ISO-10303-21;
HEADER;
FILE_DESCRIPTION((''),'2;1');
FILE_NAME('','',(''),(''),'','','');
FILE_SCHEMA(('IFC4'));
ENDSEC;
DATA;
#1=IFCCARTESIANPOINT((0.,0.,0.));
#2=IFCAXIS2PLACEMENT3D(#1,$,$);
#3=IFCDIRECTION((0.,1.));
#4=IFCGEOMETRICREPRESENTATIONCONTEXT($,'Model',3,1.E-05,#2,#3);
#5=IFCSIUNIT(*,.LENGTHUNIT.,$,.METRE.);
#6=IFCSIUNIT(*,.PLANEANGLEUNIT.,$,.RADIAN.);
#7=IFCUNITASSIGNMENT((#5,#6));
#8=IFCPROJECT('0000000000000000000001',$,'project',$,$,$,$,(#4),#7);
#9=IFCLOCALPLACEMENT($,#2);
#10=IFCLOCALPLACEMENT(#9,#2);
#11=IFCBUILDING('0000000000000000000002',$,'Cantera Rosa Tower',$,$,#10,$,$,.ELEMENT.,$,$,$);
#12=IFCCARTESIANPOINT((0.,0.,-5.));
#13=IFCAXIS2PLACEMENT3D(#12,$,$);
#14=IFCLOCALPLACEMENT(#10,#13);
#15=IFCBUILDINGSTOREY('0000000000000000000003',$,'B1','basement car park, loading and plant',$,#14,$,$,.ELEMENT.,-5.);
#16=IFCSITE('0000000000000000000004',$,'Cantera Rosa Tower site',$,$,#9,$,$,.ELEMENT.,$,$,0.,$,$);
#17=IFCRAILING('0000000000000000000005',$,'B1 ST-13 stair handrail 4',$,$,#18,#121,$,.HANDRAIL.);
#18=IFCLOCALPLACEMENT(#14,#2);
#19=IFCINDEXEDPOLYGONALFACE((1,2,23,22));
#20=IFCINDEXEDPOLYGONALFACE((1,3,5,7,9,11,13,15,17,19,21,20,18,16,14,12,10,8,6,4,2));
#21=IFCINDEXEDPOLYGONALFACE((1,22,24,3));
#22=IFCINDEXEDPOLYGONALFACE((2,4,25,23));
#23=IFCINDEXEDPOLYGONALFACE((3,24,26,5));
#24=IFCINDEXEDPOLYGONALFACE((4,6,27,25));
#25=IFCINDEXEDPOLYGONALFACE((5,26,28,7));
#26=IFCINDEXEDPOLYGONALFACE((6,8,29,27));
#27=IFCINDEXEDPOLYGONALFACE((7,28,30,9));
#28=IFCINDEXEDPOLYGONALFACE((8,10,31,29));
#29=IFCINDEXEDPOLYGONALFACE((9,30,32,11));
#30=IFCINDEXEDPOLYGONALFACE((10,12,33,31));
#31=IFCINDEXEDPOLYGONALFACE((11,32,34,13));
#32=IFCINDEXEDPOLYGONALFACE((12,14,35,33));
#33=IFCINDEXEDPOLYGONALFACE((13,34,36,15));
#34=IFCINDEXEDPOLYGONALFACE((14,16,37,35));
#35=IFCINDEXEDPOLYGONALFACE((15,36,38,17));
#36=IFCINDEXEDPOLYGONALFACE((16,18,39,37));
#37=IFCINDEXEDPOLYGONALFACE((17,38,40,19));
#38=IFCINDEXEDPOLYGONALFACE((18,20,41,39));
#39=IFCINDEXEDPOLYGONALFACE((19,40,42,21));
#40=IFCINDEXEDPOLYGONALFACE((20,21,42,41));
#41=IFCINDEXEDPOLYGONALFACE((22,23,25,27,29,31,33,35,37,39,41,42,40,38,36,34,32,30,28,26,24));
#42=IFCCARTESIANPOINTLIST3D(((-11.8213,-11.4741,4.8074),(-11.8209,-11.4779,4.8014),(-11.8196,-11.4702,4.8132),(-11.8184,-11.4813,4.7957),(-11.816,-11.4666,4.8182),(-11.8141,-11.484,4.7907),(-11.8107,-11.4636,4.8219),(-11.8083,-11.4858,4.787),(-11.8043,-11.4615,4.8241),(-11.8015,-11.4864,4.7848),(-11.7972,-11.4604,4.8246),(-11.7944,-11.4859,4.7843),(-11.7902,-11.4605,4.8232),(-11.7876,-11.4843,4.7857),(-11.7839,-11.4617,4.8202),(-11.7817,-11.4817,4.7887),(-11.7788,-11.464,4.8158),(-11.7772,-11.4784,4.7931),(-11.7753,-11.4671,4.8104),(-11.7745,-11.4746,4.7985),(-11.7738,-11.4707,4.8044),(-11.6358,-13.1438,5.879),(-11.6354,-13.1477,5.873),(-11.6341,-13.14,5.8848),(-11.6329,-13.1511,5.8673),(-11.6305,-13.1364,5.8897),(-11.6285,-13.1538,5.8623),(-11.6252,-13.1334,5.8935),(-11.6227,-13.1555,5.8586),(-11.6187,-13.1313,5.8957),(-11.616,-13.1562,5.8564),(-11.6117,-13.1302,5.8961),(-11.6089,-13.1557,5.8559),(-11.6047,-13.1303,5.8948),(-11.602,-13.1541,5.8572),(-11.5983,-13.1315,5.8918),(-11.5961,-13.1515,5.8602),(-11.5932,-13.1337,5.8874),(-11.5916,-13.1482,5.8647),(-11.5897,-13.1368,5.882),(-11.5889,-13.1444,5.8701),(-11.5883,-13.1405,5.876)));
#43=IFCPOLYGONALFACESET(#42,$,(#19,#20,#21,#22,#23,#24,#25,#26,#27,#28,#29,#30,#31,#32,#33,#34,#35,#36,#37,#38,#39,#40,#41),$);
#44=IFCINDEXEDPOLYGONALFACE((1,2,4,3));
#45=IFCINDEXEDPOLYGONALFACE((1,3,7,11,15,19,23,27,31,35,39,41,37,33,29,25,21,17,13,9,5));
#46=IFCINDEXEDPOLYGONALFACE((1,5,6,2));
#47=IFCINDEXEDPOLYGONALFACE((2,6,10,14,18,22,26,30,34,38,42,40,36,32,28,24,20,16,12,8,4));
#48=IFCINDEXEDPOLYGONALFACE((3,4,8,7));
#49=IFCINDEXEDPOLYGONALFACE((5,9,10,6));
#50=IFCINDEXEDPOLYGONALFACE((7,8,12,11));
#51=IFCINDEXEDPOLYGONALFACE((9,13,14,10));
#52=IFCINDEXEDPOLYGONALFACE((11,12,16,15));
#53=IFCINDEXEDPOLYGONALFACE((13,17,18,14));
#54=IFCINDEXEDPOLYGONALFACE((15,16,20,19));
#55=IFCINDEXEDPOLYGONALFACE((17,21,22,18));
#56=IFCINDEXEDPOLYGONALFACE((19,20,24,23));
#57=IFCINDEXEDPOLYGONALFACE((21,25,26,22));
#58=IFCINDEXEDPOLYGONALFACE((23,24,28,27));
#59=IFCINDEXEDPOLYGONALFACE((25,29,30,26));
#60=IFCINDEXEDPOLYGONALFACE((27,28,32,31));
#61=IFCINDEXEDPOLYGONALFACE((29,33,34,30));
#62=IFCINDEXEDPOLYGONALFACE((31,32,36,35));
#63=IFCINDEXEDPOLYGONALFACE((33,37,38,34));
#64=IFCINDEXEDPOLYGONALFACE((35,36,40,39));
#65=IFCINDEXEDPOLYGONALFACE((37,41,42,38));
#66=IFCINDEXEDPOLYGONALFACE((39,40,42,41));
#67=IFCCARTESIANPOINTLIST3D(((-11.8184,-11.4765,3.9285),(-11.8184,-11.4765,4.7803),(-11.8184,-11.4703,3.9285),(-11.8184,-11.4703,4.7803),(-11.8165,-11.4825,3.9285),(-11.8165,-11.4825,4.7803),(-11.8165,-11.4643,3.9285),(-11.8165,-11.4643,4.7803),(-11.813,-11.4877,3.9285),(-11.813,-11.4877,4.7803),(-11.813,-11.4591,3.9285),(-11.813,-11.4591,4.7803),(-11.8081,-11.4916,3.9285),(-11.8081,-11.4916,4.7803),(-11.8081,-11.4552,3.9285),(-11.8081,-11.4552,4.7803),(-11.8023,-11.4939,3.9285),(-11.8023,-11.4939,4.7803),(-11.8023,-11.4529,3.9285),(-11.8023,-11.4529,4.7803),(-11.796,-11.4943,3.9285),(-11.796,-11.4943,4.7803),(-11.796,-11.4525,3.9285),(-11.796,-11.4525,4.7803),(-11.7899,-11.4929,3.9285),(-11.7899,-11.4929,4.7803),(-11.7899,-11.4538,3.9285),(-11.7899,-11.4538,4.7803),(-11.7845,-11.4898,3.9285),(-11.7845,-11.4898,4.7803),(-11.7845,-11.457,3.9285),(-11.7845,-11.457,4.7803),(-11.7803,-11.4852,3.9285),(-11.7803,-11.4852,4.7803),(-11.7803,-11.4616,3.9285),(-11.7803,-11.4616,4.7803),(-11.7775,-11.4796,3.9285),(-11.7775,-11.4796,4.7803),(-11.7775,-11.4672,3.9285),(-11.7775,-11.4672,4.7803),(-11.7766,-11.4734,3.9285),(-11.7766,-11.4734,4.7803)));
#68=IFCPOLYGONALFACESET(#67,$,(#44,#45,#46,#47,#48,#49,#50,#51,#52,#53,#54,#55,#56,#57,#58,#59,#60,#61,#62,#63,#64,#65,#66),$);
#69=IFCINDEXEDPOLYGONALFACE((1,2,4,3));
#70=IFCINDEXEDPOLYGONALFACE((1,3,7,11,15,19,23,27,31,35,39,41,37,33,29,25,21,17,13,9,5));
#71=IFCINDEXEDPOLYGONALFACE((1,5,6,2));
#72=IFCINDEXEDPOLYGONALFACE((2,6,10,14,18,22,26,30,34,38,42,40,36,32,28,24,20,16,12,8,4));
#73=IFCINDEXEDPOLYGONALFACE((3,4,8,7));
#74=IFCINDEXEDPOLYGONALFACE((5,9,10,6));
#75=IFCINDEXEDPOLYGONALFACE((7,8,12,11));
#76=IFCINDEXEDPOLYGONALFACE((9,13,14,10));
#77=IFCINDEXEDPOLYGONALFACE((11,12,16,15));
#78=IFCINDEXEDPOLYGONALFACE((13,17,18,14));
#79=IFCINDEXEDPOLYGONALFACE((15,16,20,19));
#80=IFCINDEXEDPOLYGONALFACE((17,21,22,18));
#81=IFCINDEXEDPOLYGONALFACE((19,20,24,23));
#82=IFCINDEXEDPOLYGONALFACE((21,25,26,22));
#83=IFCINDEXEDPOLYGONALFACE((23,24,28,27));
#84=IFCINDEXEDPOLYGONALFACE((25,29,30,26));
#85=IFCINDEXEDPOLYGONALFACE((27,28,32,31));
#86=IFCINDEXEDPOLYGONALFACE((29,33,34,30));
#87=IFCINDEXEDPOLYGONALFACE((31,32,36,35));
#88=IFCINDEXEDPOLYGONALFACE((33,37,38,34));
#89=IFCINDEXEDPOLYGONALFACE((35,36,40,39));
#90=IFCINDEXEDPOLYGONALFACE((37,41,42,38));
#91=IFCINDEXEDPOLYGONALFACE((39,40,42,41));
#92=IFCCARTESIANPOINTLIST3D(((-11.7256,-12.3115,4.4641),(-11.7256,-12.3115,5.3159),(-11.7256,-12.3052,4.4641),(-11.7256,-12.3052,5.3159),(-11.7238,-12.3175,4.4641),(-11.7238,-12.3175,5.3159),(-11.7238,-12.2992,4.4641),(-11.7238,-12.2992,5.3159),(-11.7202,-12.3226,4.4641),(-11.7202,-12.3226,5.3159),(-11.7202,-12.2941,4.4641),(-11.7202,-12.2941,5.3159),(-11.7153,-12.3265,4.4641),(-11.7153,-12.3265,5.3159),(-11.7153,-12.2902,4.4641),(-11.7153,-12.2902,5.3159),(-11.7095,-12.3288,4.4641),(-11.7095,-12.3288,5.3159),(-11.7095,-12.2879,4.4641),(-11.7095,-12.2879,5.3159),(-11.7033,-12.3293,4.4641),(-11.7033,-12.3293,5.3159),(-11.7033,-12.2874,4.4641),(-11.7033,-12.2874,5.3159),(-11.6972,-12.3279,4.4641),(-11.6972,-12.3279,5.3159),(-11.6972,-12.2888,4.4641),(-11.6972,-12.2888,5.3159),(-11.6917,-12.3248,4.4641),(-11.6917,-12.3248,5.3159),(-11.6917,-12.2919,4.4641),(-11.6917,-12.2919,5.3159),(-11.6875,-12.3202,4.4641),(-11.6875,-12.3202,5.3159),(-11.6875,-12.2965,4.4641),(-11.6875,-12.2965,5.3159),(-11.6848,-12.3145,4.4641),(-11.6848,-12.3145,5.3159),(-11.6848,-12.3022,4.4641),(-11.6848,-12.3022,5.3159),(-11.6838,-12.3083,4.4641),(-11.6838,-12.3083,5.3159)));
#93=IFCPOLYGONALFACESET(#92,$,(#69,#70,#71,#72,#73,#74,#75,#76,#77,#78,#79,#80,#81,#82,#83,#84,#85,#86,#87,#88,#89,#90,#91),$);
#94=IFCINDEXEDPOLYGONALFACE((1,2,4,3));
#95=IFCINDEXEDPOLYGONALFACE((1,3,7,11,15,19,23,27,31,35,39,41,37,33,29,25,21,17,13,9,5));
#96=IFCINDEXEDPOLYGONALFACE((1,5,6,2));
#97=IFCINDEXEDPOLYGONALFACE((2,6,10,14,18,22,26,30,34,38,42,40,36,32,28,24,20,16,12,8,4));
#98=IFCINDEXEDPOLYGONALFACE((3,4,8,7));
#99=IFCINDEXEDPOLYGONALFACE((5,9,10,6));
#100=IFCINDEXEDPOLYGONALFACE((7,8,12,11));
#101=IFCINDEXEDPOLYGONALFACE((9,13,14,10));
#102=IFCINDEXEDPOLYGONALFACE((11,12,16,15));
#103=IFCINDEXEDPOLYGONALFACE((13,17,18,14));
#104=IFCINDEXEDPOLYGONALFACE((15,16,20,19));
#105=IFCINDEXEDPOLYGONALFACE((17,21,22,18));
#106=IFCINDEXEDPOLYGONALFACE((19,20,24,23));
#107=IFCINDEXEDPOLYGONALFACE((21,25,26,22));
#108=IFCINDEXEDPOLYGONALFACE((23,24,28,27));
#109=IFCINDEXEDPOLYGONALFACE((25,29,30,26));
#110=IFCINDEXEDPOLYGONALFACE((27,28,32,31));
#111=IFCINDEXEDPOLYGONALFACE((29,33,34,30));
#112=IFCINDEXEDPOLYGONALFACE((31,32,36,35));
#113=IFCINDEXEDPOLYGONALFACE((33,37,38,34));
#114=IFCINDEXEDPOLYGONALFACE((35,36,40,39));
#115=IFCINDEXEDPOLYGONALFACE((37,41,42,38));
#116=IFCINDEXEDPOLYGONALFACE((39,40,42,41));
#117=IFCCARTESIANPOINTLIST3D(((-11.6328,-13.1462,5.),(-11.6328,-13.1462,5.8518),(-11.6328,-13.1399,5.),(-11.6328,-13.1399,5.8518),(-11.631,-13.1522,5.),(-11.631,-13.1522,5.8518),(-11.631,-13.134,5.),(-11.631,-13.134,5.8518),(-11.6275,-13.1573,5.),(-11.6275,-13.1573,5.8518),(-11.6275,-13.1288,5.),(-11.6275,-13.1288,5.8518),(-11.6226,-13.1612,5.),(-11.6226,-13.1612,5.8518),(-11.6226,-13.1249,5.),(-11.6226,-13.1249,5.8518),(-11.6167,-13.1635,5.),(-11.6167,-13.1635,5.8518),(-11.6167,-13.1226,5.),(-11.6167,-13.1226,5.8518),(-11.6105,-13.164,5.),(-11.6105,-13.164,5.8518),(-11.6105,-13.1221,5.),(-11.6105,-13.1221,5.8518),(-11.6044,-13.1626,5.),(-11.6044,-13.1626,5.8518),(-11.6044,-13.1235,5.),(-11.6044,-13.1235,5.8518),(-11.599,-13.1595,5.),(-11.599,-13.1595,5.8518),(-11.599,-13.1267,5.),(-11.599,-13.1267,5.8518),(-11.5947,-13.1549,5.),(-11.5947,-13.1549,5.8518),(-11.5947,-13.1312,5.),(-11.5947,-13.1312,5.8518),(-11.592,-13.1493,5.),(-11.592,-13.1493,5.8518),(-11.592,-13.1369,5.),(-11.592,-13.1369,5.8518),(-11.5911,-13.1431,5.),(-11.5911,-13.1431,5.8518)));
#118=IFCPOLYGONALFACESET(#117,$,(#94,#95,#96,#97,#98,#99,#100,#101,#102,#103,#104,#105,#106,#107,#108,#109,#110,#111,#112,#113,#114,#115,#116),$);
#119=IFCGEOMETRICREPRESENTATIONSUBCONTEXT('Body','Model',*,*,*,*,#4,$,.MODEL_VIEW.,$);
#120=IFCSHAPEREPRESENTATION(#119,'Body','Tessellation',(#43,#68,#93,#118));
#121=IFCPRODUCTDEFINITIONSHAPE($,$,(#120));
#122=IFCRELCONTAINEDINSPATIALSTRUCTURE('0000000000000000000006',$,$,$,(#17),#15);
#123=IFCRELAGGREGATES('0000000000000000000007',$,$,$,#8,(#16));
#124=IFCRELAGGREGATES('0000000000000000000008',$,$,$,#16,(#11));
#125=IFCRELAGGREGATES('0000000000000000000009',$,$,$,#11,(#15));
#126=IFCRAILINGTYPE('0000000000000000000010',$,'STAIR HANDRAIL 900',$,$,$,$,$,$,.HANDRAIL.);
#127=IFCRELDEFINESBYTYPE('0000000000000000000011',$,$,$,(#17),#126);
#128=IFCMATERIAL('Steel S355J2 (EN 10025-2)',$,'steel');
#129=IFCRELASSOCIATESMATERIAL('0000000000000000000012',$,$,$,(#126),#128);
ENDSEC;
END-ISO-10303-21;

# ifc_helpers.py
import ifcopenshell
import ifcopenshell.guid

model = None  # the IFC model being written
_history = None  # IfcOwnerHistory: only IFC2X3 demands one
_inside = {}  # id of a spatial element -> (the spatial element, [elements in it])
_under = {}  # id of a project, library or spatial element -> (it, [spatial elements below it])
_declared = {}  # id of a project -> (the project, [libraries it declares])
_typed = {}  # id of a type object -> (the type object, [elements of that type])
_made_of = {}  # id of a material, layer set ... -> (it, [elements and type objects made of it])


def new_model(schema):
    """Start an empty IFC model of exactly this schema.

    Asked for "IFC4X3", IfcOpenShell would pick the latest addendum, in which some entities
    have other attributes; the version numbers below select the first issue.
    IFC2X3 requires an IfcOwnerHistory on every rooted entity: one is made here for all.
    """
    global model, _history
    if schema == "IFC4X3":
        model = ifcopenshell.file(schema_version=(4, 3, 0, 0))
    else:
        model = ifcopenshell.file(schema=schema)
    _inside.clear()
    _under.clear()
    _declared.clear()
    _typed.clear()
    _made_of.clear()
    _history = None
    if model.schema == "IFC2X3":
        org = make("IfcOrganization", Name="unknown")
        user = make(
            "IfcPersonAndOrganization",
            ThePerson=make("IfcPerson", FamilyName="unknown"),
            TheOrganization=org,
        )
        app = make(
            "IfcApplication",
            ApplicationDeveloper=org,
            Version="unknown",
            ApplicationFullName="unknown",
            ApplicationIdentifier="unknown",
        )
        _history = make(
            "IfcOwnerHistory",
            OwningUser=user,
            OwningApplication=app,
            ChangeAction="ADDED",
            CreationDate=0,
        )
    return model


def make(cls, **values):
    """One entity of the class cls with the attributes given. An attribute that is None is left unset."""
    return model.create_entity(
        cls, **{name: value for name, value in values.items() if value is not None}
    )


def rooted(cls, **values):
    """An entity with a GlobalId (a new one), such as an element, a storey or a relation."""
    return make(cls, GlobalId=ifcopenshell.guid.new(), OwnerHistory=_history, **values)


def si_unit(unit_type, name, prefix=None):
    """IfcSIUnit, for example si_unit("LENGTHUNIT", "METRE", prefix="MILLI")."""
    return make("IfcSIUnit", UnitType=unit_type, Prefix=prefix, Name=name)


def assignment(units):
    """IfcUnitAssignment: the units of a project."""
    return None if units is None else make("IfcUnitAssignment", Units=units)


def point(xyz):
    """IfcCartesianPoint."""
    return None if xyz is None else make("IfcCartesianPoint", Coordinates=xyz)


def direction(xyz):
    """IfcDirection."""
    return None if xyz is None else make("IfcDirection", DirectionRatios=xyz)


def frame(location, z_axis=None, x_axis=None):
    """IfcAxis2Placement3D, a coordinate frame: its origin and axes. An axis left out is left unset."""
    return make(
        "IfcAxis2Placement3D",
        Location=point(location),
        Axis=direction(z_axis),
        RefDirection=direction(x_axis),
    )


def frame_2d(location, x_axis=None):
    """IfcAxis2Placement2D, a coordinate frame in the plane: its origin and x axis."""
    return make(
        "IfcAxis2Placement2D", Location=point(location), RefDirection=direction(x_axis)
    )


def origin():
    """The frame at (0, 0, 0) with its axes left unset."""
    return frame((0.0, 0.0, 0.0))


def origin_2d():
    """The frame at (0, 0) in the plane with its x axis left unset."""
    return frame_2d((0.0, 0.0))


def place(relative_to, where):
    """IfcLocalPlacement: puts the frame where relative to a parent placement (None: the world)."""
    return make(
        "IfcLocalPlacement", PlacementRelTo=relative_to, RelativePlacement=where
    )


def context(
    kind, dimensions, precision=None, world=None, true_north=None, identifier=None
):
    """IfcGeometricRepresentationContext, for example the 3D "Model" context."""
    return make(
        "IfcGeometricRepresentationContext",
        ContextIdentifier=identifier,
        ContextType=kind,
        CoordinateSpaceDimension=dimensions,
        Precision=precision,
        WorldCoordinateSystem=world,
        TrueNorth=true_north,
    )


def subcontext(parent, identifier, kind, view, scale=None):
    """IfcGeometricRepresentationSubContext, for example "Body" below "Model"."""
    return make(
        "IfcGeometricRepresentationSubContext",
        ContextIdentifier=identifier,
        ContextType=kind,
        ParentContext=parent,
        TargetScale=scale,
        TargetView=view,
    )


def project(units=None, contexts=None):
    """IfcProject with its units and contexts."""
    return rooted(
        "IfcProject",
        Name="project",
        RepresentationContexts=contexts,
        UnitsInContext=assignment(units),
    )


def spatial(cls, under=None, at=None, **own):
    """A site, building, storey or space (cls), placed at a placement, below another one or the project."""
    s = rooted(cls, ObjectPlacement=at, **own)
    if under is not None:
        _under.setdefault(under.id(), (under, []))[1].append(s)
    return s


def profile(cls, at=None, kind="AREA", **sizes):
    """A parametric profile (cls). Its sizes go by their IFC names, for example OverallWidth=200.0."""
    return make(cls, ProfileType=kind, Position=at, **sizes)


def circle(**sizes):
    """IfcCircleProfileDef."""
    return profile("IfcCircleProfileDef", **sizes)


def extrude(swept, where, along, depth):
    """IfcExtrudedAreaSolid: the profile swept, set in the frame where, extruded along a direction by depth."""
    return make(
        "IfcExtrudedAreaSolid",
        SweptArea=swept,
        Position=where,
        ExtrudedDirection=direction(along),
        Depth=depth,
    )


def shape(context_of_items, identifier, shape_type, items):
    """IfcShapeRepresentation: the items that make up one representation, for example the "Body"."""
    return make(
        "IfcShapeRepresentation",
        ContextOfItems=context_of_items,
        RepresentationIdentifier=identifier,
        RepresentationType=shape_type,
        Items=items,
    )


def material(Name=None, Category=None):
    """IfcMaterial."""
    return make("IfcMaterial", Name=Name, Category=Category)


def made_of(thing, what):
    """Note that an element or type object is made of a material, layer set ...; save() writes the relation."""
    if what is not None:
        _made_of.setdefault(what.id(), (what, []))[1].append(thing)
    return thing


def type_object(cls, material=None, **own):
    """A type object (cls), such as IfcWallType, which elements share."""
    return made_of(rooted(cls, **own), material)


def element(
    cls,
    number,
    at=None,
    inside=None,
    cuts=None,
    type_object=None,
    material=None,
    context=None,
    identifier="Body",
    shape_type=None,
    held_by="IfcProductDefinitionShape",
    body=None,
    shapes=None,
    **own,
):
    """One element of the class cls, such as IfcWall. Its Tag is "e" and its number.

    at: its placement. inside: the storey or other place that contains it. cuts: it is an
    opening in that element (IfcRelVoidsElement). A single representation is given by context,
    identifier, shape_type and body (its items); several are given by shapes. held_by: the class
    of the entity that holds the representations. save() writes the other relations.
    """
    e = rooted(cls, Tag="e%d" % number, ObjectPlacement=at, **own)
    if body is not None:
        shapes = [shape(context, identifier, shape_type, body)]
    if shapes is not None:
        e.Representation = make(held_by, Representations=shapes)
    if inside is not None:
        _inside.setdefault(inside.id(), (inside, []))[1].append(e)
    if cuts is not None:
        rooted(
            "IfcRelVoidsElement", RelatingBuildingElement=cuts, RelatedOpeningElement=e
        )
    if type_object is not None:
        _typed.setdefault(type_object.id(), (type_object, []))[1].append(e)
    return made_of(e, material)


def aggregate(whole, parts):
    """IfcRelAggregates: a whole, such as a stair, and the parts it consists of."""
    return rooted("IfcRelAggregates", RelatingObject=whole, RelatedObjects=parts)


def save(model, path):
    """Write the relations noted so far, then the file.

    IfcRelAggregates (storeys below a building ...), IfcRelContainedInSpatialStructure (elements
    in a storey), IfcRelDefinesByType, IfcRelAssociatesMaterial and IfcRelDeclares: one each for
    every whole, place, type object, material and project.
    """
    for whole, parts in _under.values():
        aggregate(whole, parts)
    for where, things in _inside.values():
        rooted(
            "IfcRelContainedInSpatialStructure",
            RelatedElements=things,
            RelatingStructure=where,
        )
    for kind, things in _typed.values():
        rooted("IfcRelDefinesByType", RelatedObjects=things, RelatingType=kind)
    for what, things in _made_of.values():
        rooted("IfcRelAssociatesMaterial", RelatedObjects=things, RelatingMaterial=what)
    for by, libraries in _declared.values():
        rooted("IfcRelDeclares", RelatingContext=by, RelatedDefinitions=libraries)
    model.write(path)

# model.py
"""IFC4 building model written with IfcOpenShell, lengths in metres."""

from ifc_helpers import new_model, si_unit, direction, frame, origin, origin_2d, place, context, subcontext, project, spatial, circle, extrude, material, type_object, element, save


model = new_model("IFC4")

# Units and contexts
model_context = context("Model", 3, precision=1e-05, world=origin(), true_north=direction((0.0, 1.0)))
body_context = subcontext(model_context, "Body", "Model", "MODEL_VIEW")
ifc_project = project(units=[si_unit("LENGTHUNIT", "METRE"), si_unit("PLANEANGLEUNIT", "RADIAN")], contexts=[model_context])

# Site, building, storey
site_placement = place(None, origin())
site = spatial("IfcSite", under=ifc_project, at=site_placement, Name="Cantera Rosa Tower site", CompositionType="ELEMENT", RefElevation=0.0)
building_placement = place(site_placement, origin())
building = spatial("IfcBuilding", under=site, at=building_placement, Name="Cantera Rosa Tower", CompositionType="ELEMENT")
storey_placement = place(building_placement, frame((0.0, 0.0, -5.0)))
storey = spatial("IfcBuildingStorey", under=building, at=storey_placement, Name="B1", Description="basement car park, loading and plant", CompositionType="ELEMENT", Elevation=-5.0)

# Railing
ifc_material_1 = material(Name="Steel S355J2 (EN 10025-2)", Category="steel")
railing_type_1 = type_object("IfcRailingType", Name="STAIR HANDRAIL 900", PredefinedType="HANDRAIL", material=ifc_material_1)
railing_1_placement = place(storey_placement, frame((-11.7976, -11.4734, 3.9285)))
element("IfcRailing", 1, at=railing_1_placement, inside=storey, type_object=railing_type_1, Name="B1 ST-13 stair handrail 4", PredefinedType="HANDRAIL", context=body_context, shape_type="SweptSolid", body=[
    extrude(circle(Radius=0.0239, at=origin_2d()), frame((0.0, 0.0, 0.876), z_axis=(0.093118, -0.837941, 0.537758), x_axis=(0.993882, 0.110447, 0.0)), (0.0, 0.0, 1.0), 1.9927),
    extrude(circle(Radius=0.021, at=origin_2d()), origin(), (0.0, 0.0, 1.0), 0.8518),
    extrude(circle(Radius=0.021, at=origin_2d()), frame((0.0928, -0.835, 0.5356)), (0.0, 0.0, 1.0), 0.8518),
    extrude(circle(Radius=0.021, at=origin_2d()), frame((0.1855, -1.6697, 1.0715)), (0.0, 0.0, 1.0), 0.8518),
])

save(model, "model.ifc")
